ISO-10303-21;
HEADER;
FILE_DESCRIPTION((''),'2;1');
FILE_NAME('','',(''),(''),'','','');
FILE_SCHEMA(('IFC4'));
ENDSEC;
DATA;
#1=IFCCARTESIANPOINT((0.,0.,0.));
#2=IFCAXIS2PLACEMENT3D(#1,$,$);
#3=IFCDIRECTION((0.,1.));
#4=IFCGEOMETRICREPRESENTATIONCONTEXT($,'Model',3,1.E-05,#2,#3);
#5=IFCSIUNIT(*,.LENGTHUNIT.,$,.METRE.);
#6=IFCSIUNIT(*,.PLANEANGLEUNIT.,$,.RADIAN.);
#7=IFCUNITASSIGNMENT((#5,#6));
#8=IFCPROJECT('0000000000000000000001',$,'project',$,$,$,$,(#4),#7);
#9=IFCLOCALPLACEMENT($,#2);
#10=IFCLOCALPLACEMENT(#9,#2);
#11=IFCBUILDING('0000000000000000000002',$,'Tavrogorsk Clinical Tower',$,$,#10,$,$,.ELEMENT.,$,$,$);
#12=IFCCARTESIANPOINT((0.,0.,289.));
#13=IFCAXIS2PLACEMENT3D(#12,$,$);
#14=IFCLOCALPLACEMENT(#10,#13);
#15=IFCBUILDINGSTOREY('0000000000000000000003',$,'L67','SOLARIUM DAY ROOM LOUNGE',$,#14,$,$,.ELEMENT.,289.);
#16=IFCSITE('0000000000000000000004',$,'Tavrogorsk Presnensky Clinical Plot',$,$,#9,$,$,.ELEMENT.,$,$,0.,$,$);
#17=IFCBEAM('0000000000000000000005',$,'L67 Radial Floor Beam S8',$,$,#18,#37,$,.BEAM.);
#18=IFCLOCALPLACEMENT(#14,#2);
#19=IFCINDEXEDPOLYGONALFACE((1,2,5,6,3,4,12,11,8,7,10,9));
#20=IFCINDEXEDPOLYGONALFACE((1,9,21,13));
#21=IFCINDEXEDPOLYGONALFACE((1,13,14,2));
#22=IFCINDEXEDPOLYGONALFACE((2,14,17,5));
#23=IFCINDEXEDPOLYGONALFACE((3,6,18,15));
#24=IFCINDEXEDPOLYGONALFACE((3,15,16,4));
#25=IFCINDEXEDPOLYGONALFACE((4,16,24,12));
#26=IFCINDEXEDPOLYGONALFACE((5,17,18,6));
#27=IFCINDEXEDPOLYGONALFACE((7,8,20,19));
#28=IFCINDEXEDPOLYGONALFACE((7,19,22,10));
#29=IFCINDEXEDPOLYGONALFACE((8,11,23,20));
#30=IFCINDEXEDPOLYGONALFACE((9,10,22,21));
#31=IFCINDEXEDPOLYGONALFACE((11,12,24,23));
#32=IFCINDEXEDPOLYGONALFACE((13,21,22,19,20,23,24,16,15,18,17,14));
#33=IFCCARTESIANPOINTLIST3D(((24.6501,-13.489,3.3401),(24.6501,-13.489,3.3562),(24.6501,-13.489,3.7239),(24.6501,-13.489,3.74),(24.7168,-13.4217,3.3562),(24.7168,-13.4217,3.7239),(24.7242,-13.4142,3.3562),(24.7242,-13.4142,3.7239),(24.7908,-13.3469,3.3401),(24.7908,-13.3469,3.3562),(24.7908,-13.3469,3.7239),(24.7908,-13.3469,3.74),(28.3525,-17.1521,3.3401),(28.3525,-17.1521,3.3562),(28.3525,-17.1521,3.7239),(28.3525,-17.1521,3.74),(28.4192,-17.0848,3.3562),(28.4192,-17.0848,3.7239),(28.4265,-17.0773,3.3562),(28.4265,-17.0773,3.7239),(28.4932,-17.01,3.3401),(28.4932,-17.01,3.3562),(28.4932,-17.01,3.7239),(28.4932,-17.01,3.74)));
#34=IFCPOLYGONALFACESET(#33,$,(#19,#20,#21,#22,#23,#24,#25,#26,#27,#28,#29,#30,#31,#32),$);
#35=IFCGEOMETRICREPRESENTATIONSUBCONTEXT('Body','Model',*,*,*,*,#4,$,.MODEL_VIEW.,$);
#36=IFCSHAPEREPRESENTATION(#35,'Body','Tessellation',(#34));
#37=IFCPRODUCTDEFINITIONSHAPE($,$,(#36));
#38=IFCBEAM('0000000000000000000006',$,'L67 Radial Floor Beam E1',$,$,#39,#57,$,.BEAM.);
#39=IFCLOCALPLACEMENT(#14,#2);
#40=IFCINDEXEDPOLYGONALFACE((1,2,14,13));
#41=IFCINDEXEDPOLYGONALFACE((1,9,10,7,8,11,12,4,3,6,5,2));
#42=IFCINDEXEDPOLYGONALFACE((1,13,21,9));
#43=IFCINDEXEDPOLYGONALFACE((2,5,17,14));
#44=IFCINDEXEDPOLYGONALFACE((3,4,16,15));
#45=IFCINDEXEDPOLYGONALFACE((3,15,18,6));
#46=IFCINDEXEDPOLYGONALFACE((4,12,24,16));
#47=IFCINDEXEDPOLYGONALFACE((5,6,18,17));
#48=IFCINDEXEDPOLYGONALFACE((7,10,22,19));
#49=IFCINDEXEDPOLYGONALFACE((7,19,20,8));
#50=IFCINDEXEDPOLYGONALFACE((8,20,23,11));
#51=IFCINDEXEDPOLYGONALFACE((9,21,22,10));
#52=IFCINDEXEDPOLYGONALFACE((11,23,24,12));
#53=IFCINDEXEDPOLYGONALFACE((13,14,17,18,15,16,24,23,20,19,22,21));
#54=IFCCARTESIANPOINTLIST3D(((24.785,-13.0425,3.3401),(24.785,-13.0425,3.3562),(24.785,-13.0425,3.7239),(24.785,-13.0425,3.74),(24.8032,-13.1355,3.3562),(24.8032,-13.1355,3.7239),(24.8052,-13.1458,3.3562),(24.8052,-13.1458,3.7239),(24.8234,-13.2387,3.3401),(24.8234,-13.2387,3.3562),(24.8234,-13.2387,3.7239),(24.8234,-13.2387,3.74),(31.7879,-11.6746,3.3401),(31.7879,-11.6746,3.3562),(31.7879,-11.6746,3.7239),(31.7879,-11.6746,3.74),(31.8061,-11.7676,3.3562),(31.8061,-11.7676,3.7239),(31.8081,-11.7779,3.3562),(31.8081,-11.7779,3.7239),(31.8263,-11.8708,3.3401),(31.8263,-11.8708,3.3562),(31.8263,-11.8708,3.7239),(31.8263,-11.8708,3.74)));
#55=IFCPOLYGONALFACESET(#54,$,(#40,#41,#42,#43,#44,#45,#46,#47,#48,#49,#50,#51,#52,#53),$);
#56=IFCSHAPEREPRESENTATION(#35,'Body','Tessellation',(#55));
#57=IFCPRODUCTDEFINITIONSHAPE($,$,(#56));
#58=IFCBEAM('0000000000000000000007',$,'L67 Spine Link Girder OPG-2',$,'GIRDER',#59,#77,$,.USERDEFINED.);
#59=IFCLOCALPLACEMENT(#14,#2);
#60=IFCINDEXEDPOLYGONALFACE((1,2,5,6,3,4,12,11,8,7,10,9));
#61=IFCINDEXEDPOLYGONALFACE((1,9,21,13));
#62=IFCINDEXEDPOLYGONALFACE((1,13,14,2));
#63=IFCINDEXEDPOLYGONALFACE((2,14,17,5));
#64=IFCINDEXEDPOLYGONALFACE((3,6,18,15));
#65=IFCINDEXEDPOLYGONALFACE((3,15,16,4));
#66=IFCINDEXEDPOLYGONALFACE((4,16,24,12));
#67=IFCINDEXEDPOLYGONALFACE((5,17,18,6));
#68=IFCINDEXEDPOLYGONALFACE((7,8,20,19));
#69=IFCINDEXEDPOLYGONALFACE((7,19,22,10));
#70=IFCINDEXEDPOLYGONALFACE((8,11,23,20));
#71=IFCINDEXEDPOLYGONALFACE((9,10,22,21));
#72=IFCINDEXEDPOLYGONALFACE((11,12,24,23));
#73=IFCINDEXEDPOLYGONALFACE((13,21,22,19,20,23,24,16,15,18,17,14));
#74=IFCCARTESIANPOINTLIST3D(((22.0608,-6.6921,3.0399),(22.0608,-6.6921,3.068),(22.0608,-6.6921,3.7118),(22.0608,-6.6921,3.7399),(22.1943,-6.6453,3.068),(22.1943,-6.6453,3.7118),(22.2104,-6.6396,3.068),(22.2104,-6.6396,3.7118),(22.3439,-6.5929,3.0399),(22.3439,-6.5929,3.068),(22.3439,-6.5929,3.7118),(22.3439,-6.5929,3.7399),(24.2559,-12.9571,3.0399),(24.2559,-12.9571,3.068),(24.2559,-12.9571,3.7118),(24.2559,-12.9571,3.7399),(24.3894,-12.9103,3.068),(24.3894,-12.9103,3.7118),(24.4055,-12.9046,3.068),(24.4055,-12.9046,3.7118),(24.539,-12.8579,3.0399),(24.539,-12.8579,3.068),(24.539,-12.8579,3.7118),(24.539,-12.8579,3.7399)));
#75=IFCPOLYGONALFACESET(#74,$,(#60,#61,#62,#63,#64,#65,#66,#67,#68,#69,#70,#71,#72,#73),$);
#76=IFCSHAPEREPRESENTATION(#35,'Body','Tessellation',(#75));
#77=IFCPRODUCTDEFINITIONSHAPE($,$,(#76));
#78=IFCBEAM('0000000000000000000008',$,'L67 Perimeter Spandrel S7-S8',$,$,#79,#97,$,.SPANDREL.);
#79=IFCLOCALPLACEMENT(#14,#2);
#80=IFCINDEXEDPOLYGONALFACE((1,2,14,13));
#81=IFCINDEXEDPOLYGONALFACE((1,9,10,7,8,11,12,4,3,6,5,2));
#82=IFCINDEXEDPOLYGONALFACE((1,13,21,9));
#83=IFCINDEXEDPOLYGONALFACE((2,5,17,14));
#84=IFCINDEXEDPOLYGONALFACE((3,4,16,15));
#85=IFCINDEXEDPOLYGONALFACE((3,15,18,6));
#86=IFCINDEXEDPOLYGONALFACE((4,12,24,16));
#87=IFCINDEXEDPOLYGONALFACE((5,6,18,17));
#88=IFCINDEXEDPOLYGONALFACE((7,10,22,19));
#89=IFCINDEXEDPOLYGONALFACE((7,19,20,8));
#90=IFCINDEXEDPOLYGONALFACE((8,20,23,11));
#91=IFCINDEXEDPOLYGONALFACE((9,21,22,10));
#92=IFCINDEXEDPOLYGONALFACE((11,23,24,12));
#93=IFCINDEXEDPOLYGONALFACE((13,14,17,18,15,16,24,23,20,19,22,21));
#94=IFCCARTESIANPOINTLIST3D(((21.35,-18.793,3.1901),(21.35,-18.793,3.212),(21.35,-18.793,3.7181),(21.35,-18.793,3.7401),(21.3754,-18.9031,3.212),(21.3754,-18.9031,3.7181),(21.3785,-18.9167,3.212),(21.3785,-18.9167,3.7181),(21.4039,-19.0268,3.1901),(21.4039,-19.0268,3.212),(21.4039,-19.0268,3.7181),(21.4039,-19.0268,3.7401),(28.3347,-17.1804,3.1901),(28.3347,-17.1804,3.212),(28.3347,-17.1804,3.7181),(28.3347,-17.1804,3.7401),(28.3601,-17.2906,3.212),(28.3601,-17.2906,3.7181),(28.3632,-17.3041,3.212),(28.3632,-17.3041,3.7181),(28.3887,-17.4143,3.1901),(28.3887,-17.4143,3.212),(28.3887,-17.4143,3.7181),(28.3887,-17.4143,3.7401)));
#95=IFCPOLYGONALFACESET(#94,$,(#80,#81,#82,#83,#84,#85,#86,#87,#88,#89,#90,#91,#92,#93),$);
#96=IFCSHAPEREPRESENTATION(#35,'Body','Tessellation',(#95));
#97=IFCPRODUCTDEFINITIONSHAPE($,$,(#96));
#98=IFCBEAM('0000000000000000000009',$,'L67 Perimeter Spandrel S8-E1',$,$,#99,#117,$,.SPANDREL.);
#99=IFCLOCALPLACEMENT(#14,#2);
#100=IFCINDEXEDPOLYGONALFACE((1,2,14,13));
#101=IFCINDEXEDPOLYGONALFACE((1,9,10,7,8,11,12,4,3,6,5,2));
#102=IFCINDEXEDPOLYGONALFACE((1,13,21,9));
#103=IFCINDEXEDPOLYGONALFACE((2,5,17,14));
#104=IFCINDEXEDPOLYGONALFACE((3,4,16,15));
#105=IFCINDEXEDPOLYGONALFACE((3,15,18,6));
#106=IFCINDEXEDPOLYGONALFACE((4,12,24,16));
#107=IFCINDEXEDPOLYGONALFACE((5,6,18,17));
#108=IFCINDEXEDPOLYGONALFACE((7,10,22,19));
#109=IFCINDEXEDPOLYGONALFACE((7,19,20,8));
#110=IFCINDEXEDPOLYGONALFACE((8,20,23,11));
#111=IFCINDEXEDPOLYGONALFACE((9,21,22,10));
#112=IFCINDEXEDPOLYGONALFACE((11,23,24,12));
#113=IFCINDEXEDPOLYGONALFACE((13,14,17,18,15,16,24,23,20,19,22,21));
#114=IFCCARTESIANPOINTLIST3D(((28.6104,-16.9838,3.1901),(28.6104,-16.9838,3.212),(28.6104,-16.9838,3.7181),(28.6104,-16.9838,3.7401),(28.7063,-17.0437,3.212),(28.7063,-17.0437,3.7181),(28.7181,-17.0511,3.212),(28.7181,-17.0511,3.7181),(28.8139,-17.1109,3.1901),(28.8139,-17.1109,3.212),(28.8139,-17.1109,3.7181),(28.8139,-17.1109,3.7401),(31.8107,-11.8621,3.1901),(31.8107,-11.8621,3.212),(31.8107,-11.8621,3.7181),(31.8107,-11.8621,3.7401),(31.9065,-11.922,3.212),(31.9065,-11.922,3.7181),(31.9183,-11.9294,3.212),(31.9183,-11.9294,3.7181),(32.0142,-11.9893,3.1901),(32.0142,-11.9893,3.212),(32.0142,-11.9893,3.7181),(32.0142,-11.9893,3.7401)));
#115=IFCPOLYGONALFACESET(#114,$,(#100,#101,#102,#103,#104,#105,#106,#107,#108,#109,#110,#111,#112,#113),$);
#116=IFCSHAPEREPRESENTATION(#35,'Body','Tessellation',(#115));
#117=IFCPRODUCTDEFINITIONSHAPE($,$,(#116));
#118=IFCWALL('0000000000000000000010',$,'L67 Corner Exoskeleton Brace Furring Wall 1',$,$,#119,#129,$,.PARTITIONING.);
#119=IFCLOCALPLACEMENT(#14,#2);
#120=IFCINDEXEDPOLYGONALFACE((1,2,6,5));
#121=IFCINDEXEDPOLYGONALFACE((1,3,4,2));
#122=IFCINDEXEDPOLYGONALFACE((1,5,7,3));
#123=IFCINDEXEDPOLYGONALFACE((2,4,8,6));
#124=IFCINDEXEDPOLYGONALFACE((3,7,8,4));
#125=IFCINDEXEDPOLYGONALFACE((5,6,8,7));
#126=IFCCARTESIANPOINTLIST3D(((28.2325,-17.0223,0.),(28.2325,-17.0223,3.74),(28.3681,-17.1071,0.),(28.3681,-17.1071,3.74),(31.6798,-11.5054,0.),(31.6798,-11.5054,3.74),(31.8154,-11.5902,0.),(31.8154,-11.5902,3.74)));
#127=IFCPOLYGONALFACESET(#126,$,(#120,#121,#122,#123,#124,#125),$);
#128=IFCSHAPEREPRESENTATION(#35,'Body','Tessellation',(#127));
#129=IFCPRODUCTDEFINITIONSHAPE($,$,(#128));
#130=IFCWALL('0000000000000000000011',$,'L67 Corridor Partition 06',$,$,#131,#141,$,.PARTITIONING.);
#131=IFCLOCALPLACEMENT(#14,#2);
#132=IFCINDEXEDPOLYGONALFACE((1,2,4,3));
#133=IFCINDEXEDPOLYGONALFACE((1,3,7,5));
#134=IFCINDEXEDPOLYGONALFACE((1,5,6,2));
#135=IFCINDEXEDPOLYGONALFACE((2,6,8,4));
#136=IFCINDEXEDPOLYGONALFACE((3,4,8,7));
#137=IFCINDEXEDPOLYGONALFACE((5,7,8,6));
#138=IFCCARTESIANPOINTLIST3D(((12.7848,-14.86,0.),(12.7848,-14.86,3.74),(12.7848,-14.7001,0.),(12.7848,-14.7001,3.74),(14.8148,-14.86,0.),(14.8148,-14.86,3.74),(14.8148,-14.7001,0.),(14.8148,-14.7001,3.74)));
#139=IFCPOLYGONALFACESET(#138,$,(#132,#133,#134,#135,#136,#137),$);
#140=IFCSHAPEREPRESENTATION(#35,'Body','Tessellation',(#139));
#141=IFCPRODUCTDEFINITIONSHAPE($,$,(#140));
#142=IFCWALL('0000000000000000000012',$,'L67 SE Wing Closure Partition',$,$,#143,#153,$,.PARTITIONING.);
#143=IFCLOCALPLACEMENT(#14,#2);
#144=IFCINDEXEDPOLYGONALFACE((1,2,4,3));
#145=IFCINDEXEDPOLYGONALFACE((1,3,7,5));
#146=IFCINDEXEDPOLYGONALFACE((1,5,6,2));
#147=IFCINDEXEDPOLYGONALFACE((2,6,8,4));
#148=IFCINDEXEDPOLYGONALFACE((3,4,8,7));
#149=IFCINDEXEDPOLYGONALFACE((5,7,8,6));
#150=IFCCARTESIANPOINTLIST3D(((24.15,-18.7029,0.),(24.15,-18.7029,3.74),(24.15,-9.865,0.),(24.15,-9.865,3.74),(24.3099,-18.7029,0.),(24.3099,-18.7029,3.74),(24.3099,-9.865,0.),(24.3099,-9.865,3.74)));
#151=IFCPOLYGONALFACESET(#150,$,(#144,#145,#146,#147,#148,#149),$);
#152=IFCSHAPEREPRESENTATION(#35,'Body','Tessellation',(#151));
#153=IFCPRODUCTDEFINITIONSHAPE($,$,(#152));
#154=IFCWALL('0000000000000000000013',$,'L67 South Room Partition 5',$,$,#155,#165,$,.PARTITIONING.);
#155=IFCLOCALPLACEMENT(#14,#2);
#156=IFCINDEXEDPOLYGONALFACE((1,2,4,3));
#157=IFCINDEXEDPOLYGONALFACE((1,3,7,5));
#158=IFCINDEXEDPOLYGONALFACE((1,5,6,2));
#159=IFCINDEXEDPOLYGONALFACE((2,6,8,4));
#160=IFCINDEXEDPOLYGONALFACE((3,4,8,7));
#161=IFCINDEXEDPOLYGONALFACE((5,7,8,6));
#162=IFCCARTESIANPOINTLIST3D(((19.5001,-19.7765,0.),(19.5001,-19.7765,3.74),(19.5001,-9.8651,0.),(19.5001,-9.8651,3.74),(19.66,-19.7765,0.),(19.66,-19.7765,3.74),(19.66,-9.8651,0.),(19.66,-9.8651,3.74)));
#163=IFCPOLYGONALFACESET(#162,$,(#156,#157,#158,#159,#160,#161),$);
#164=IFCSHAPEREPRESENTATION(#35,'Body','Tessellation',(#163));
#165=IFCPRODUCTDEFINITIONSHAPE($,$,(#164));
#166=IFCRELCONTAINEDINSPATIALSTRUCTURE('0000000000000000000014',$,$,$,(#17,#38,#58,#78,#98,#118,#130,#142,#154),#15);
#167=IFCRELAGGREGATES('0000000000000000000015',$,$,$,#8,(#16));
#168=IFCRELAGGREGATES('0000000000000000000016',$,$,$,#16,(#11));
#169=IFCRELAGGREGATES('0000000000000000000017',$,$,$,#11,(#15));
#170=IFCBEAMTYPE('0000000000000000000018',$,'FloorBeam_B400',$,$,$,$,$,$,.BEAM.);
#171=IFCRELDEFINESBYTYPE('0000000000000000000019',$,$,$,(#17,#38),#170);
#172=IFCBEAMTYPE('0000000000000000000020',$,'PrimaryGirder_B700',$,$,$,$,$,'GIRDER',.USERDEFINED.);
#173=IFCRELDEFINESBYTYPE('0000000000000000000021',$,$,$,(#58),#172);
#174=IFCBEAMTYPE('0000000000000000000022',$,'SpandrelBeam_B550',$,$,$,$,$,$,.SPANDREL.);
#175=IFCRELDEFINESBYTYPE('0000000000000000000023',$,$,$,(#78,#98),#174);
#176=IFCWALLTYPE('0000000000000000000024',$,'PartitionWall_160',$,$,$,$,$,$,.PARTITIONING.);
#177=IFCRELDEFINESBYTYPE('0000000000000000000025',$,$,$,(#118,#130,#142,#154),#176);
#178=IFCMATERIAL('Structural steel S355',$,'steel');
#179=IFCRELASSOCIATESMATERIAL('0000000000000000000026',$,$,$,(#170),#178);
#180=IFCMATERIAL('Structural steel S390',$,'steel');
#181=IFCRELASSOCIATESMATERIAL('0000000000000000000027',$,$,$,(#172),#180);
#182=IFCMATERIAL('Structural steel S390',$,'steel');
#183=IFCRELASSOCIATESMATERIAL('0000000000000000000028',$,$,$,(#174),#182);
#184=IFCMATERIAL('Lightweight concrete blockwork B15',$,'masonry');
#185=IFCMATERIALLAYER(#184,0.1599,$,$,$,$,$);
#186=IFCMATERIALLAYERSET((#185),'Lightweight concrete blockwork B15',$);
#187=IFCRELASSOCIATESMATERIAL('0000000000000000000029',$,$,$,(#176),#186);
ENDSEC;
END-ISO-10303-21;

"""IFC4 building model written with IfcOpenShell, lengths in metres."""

from ifc_helpers import new_model, si_unit, direction, frame, frame_2d, origin, origin_2d, place, context, subcontext, project, spatial, rectangle, i_section, extrude, material, layer, layer_set, material_profile, profile_set, type_object, element, save


model = new_model("IFC4")

# Units and contexts
model_context = context("Model", 3, precision=1e-05, world=origin(), true_north=direction((0.0, 1.0)))
body_context = subcontext(model_context, "Body", "Model", "MODEL_VIEW")
ifc_project = project(units=[si_unit("LENGTHUNIT", "METRE"), si_unit("PLANEANGLEUNIT", "RADIAN")], contexts=[model_context])

# Site, building, storey
site_placement = place(None, origin())
site = spatial("IfcSite", under=ifc_project, at=site_placement, Name="Tavrogorsk Presnensky Clinical Plot", CompositionType="ELEMENT", RefElevation=0.0)
building_placement = place(site_placement, origin())
building = spatial("IfcBuilding", under=site, at=building_placement, Name="Tavrogorsk Clinical Tower", CompositionType="ELEMENT")
storey_placement = place(building_placement, frame((0.0, 0.0, 289.0)))
storey = spatial("IfcBuildingStorey", under=building, at=storey_placement, Name="L67", Description="SOLARIUM DAY ROOM LOUNGE", CompositionType="ELEMENT", Elevation=289.0)

# Beams
ifc_material_1 = material(Name="Structural steel S355", Category="steel")
ifc_material_profile_1 = material_profile(ifc_material_1, i_section(OverallWidth=0.2, OverallDepth=0.3999, WebThickness=0.0105, FlangeThickness=0.0161, at=origin_2d()), Name="B-400x200x10.5x16")
ifc_profile_set_1 = profile_set([ifc_material_profile_1], Name="Structural steel S355")
beam_type_1 = type_object("IfcBeamType", Name="FloorBeam_B400", PredefinedType="BEAM", material=ifc_profile_set_1)
beam_1_placement = place(storey_placement, frame((24.7205, -13.418, 3.54), z_axis=(0.71087, -0.703323, 0.0), x_axis=(0.703323, 0.71087, 0.0)))
element("IfcBeam", 1, at=beam_1_placement, inside=storey, type_object=beam_type_1, Name="L67 Radial Floor Beam S8", PredefinedType="BEAM", context=body_context, shape_type="SweptSolid", body=[
    extrude(i_section(OverallWidth=0.2, OverallDepth=0.3999, WebThickness=0.0105, FlangeThickness=0.0161, at=origin_2d()), origin(), (0.0, 0.0, 1.0), 5.2083),
])
beam_2_placement = place(storey_placement, frame((24.8042, -13.1406, 3.54), z_axis=(0.981451, 0.191712, 0.0), x_axis=(-0.191712, 0.981451, 0.0)))
element("IfcBeam", 2, at=beam_2_placement, inside=storey, type_object=beam_type_1, Name="L67 Radial Floor Beam E1", PredefinedType="BEAM", context=body_context, shape_type="SweptSolid", body=[
    extrude(i_section(OverallWidth=0.2, OverallDepth=0.3999, WebThickness=0.0105, FlangeThickness=0.0161, at=origin_2d()), origin(), (0.0, 0.0, 1.0), 7.1353),
])
ifc_material_2 = material(Name="Structural steel S390", Category="steel")
ifc_material_profile_2 = material_profile(ifc_material_2, i_section(OverallWidth=0.3, OverallDepth=0.7, WebThickness=0.0171, FlangeThickness=0.0281, at=origin_2d()), Name="B-700x300x17x28")
ifc_profile_set_2 = profile_set([ifc_material_profile_2], Name="Structural steel S390")
beam_type_2 = type_object("IfcBeamType", Name="PrimaryGirder_B700", ElementType="GIRDER", PredefinedType="USERDEFINED", material=ifc_profile_set_2)
beam_3_placement = place(storey_placement, frame((24.3975, -12.9075, 3.3899), z_axis=(-0.330667, 0.943748, 0.0), x_axis=(-0.943748, -0.330667, 0.0)))
element("IfcBeam", 3, at=beam_3_placement, inside=storey, type_object=beam_type_2, Name="L67 Spine Link Girder OPG-2", ObjectType="GIRDER", PredefinedType="USERDEFINED", context=body_context, shape_type="SweptSolid", body=[
    extrude(i_section(OverallWidth=0.3, OverallDepth=0.7, WebThickness=0.0171, FlangeThickness=0.0281, at=origin_2d()), origin(), (0.0, 0.0, 1.0), 6.6384),
])
ifc_material_3 = material(Name="Structural steel S390", Category="steel")
ifc_material_profile_3 = material_profile(ifc_material_3, i_section(OverallWidth=0.24, OverallDepth=0.55, WebThickness=0.0139, FlangeThickness=0.022, at=origin_2d()), Name="B-550x240x14x22")
ifc_profile_set_3 = profile_set([ifc_material_profile_3], Name="Structural steel S390")
beam_type_3 = type_object("IfcBeamType", Name="SpandrelBeam_B550", PredefinedType="SPANDREL", material=ifc_profile_set_3)
beam_4_placement = place(storey_placement, frame((21.377, -18.9099, 3.4651), z_axis=(0.974369, 0.224954, 0.0), x_axis=(-0.224954, 0.974369, 0.0)))
element("IfcBeam", 4, at=beam_4_placement, inside=storey, type_object=beam_type_3, Name="L67 Perimeter Spandrel S7-S8", PredefinedType="SPANDREL", context=body_context, shape_type="SweptSolid", body=[
    extrude(i_section(OverallWidth=0.24, OverallDepth=0.55, WebThickness=0.0139, FlangeThickness=0.022, at=origin_2d()), origin(), (0.0, 0.0, 1.0), 7.1685),
])
beam_5_placement = place(storey_placement, frame((28.7122, -17.0474, 3.4651), z_axis=(0.529904, 0.848057, 0.0), x_axis=(-0.848057, 0.529904, 0.0)))
element("IfcBeam", 5, at=beam_5_placement, inside=storey, type_object=beam_type_3, Name="L67 Perimeter Spandrel S8-E1", PredefinedType="SPANDREL", context=body_context, shape_type="SweptSolid", body=[
    extrude(i_section(OverallWidth=0.24, OverallDepth=0.55, WebThickness=0.0139, FlangeThickness=0.022, at=origin_2d()), origin(), (0.0, 0.0, 1.0), 6.0393),
])

# Walls
ifc_material_4 = material(Name="Lightweight concrete blockwork B15", Category="masonry")
ifc_layer_1 = layer(ifc_material_4, 0.1599)
ifc_layer_set_1 = layer_set([ifc_layer_1], Name="Lightweight concrete blockwork B15")
wall_type_1 = type_object("IfcWallType", Name="PartitionWall_160", PredefinedType="PARTITIONING", material=ifc_layer_set_1)
wall_1_placement = place(storey_placement, frame((28.3003, -17.0647, 0.0), z_axis=(0.0, 0.0, 1.0), x_axis=(0.529915, 0.848051, 0.0)))
element("IfcWall", 6, at=wall_1_placement, inside=storey, type_object=wall_type_1, Name="L67 Corner Exoskeleton Brace Furring Wall 1", PredefinedType="PARTITIONING", context=body_context, shape_type="SweptSolid", body=[
    extrude(rectangle(XDim=6.5054, YDim=0.1599, at=frame_2d((3.2527, 0.0))), origin(), (0.0, 0.0, 1.0), 3.74),
])
wall_2_placement = place(storey_placement, frame((14.8149, -14.78, 0.0), z_axis=(0.0, 0.0, 1.0), x_axis=(-1.0, 0.0, 0.0)))
element("IfcWall", 7, at=wall_2_placement, inside=storey, type_object=wall_type_1, Name="L67 Corridor Partition 06", PredefinedType="PARTITIONING", context=body_context, shape_type="SweptSolid", body=[
    extrude(rectangle(XDim=2.03, YDim=0.1599, at=frame_2d((1.0151, 0.0))), origin(), (0.0, 0.0, 1.0), 3.74),
])
wall_3_placement = place(storey_placement, frame((24.23, -18.7029, 0.0), z_axis=(0.0, 0.0, 1.0), x_axis=(0.0, 1.0, 0.0)))
element("IfcWall", 8, at=wall_3_placement, inside=storey, type_object=wall_type_1, Name="L67 SE Wing Closure Partition", PredefinedType="PARTITIONING", context=body_context, shape_type="SweptSolid", body=[
    extrude(rectangle(XDim=8.8379, YDim=0.1599, at=frame_2d((4.4189, 0.0))), origin(), (0.0, 0.0, 1.0), 3.74),
])
wall_4_placement = place(storey_placement, frame((19.5801, -19.7764, 0.0), z_axis=(0.0, 0.0, 1.0), x_axis=(0.0, 1.0, 0.0)))
element("IfcWall", 9, at=wall_4_placement, inside=storey, type_object=wall_type_1, Name="L67 South Room Partition 5", PredefinedType="PARTITIONING", context=body_context, shape_type="SweptSolid", body=[
    extrude(rectangle(XDim=9.9114, YDim=0.1599, at=frame_2d((4.9556, 0.0))), origin(), (0.0, 0.0, 1.0), 3.74),
])

save(model, "model.ifc")
